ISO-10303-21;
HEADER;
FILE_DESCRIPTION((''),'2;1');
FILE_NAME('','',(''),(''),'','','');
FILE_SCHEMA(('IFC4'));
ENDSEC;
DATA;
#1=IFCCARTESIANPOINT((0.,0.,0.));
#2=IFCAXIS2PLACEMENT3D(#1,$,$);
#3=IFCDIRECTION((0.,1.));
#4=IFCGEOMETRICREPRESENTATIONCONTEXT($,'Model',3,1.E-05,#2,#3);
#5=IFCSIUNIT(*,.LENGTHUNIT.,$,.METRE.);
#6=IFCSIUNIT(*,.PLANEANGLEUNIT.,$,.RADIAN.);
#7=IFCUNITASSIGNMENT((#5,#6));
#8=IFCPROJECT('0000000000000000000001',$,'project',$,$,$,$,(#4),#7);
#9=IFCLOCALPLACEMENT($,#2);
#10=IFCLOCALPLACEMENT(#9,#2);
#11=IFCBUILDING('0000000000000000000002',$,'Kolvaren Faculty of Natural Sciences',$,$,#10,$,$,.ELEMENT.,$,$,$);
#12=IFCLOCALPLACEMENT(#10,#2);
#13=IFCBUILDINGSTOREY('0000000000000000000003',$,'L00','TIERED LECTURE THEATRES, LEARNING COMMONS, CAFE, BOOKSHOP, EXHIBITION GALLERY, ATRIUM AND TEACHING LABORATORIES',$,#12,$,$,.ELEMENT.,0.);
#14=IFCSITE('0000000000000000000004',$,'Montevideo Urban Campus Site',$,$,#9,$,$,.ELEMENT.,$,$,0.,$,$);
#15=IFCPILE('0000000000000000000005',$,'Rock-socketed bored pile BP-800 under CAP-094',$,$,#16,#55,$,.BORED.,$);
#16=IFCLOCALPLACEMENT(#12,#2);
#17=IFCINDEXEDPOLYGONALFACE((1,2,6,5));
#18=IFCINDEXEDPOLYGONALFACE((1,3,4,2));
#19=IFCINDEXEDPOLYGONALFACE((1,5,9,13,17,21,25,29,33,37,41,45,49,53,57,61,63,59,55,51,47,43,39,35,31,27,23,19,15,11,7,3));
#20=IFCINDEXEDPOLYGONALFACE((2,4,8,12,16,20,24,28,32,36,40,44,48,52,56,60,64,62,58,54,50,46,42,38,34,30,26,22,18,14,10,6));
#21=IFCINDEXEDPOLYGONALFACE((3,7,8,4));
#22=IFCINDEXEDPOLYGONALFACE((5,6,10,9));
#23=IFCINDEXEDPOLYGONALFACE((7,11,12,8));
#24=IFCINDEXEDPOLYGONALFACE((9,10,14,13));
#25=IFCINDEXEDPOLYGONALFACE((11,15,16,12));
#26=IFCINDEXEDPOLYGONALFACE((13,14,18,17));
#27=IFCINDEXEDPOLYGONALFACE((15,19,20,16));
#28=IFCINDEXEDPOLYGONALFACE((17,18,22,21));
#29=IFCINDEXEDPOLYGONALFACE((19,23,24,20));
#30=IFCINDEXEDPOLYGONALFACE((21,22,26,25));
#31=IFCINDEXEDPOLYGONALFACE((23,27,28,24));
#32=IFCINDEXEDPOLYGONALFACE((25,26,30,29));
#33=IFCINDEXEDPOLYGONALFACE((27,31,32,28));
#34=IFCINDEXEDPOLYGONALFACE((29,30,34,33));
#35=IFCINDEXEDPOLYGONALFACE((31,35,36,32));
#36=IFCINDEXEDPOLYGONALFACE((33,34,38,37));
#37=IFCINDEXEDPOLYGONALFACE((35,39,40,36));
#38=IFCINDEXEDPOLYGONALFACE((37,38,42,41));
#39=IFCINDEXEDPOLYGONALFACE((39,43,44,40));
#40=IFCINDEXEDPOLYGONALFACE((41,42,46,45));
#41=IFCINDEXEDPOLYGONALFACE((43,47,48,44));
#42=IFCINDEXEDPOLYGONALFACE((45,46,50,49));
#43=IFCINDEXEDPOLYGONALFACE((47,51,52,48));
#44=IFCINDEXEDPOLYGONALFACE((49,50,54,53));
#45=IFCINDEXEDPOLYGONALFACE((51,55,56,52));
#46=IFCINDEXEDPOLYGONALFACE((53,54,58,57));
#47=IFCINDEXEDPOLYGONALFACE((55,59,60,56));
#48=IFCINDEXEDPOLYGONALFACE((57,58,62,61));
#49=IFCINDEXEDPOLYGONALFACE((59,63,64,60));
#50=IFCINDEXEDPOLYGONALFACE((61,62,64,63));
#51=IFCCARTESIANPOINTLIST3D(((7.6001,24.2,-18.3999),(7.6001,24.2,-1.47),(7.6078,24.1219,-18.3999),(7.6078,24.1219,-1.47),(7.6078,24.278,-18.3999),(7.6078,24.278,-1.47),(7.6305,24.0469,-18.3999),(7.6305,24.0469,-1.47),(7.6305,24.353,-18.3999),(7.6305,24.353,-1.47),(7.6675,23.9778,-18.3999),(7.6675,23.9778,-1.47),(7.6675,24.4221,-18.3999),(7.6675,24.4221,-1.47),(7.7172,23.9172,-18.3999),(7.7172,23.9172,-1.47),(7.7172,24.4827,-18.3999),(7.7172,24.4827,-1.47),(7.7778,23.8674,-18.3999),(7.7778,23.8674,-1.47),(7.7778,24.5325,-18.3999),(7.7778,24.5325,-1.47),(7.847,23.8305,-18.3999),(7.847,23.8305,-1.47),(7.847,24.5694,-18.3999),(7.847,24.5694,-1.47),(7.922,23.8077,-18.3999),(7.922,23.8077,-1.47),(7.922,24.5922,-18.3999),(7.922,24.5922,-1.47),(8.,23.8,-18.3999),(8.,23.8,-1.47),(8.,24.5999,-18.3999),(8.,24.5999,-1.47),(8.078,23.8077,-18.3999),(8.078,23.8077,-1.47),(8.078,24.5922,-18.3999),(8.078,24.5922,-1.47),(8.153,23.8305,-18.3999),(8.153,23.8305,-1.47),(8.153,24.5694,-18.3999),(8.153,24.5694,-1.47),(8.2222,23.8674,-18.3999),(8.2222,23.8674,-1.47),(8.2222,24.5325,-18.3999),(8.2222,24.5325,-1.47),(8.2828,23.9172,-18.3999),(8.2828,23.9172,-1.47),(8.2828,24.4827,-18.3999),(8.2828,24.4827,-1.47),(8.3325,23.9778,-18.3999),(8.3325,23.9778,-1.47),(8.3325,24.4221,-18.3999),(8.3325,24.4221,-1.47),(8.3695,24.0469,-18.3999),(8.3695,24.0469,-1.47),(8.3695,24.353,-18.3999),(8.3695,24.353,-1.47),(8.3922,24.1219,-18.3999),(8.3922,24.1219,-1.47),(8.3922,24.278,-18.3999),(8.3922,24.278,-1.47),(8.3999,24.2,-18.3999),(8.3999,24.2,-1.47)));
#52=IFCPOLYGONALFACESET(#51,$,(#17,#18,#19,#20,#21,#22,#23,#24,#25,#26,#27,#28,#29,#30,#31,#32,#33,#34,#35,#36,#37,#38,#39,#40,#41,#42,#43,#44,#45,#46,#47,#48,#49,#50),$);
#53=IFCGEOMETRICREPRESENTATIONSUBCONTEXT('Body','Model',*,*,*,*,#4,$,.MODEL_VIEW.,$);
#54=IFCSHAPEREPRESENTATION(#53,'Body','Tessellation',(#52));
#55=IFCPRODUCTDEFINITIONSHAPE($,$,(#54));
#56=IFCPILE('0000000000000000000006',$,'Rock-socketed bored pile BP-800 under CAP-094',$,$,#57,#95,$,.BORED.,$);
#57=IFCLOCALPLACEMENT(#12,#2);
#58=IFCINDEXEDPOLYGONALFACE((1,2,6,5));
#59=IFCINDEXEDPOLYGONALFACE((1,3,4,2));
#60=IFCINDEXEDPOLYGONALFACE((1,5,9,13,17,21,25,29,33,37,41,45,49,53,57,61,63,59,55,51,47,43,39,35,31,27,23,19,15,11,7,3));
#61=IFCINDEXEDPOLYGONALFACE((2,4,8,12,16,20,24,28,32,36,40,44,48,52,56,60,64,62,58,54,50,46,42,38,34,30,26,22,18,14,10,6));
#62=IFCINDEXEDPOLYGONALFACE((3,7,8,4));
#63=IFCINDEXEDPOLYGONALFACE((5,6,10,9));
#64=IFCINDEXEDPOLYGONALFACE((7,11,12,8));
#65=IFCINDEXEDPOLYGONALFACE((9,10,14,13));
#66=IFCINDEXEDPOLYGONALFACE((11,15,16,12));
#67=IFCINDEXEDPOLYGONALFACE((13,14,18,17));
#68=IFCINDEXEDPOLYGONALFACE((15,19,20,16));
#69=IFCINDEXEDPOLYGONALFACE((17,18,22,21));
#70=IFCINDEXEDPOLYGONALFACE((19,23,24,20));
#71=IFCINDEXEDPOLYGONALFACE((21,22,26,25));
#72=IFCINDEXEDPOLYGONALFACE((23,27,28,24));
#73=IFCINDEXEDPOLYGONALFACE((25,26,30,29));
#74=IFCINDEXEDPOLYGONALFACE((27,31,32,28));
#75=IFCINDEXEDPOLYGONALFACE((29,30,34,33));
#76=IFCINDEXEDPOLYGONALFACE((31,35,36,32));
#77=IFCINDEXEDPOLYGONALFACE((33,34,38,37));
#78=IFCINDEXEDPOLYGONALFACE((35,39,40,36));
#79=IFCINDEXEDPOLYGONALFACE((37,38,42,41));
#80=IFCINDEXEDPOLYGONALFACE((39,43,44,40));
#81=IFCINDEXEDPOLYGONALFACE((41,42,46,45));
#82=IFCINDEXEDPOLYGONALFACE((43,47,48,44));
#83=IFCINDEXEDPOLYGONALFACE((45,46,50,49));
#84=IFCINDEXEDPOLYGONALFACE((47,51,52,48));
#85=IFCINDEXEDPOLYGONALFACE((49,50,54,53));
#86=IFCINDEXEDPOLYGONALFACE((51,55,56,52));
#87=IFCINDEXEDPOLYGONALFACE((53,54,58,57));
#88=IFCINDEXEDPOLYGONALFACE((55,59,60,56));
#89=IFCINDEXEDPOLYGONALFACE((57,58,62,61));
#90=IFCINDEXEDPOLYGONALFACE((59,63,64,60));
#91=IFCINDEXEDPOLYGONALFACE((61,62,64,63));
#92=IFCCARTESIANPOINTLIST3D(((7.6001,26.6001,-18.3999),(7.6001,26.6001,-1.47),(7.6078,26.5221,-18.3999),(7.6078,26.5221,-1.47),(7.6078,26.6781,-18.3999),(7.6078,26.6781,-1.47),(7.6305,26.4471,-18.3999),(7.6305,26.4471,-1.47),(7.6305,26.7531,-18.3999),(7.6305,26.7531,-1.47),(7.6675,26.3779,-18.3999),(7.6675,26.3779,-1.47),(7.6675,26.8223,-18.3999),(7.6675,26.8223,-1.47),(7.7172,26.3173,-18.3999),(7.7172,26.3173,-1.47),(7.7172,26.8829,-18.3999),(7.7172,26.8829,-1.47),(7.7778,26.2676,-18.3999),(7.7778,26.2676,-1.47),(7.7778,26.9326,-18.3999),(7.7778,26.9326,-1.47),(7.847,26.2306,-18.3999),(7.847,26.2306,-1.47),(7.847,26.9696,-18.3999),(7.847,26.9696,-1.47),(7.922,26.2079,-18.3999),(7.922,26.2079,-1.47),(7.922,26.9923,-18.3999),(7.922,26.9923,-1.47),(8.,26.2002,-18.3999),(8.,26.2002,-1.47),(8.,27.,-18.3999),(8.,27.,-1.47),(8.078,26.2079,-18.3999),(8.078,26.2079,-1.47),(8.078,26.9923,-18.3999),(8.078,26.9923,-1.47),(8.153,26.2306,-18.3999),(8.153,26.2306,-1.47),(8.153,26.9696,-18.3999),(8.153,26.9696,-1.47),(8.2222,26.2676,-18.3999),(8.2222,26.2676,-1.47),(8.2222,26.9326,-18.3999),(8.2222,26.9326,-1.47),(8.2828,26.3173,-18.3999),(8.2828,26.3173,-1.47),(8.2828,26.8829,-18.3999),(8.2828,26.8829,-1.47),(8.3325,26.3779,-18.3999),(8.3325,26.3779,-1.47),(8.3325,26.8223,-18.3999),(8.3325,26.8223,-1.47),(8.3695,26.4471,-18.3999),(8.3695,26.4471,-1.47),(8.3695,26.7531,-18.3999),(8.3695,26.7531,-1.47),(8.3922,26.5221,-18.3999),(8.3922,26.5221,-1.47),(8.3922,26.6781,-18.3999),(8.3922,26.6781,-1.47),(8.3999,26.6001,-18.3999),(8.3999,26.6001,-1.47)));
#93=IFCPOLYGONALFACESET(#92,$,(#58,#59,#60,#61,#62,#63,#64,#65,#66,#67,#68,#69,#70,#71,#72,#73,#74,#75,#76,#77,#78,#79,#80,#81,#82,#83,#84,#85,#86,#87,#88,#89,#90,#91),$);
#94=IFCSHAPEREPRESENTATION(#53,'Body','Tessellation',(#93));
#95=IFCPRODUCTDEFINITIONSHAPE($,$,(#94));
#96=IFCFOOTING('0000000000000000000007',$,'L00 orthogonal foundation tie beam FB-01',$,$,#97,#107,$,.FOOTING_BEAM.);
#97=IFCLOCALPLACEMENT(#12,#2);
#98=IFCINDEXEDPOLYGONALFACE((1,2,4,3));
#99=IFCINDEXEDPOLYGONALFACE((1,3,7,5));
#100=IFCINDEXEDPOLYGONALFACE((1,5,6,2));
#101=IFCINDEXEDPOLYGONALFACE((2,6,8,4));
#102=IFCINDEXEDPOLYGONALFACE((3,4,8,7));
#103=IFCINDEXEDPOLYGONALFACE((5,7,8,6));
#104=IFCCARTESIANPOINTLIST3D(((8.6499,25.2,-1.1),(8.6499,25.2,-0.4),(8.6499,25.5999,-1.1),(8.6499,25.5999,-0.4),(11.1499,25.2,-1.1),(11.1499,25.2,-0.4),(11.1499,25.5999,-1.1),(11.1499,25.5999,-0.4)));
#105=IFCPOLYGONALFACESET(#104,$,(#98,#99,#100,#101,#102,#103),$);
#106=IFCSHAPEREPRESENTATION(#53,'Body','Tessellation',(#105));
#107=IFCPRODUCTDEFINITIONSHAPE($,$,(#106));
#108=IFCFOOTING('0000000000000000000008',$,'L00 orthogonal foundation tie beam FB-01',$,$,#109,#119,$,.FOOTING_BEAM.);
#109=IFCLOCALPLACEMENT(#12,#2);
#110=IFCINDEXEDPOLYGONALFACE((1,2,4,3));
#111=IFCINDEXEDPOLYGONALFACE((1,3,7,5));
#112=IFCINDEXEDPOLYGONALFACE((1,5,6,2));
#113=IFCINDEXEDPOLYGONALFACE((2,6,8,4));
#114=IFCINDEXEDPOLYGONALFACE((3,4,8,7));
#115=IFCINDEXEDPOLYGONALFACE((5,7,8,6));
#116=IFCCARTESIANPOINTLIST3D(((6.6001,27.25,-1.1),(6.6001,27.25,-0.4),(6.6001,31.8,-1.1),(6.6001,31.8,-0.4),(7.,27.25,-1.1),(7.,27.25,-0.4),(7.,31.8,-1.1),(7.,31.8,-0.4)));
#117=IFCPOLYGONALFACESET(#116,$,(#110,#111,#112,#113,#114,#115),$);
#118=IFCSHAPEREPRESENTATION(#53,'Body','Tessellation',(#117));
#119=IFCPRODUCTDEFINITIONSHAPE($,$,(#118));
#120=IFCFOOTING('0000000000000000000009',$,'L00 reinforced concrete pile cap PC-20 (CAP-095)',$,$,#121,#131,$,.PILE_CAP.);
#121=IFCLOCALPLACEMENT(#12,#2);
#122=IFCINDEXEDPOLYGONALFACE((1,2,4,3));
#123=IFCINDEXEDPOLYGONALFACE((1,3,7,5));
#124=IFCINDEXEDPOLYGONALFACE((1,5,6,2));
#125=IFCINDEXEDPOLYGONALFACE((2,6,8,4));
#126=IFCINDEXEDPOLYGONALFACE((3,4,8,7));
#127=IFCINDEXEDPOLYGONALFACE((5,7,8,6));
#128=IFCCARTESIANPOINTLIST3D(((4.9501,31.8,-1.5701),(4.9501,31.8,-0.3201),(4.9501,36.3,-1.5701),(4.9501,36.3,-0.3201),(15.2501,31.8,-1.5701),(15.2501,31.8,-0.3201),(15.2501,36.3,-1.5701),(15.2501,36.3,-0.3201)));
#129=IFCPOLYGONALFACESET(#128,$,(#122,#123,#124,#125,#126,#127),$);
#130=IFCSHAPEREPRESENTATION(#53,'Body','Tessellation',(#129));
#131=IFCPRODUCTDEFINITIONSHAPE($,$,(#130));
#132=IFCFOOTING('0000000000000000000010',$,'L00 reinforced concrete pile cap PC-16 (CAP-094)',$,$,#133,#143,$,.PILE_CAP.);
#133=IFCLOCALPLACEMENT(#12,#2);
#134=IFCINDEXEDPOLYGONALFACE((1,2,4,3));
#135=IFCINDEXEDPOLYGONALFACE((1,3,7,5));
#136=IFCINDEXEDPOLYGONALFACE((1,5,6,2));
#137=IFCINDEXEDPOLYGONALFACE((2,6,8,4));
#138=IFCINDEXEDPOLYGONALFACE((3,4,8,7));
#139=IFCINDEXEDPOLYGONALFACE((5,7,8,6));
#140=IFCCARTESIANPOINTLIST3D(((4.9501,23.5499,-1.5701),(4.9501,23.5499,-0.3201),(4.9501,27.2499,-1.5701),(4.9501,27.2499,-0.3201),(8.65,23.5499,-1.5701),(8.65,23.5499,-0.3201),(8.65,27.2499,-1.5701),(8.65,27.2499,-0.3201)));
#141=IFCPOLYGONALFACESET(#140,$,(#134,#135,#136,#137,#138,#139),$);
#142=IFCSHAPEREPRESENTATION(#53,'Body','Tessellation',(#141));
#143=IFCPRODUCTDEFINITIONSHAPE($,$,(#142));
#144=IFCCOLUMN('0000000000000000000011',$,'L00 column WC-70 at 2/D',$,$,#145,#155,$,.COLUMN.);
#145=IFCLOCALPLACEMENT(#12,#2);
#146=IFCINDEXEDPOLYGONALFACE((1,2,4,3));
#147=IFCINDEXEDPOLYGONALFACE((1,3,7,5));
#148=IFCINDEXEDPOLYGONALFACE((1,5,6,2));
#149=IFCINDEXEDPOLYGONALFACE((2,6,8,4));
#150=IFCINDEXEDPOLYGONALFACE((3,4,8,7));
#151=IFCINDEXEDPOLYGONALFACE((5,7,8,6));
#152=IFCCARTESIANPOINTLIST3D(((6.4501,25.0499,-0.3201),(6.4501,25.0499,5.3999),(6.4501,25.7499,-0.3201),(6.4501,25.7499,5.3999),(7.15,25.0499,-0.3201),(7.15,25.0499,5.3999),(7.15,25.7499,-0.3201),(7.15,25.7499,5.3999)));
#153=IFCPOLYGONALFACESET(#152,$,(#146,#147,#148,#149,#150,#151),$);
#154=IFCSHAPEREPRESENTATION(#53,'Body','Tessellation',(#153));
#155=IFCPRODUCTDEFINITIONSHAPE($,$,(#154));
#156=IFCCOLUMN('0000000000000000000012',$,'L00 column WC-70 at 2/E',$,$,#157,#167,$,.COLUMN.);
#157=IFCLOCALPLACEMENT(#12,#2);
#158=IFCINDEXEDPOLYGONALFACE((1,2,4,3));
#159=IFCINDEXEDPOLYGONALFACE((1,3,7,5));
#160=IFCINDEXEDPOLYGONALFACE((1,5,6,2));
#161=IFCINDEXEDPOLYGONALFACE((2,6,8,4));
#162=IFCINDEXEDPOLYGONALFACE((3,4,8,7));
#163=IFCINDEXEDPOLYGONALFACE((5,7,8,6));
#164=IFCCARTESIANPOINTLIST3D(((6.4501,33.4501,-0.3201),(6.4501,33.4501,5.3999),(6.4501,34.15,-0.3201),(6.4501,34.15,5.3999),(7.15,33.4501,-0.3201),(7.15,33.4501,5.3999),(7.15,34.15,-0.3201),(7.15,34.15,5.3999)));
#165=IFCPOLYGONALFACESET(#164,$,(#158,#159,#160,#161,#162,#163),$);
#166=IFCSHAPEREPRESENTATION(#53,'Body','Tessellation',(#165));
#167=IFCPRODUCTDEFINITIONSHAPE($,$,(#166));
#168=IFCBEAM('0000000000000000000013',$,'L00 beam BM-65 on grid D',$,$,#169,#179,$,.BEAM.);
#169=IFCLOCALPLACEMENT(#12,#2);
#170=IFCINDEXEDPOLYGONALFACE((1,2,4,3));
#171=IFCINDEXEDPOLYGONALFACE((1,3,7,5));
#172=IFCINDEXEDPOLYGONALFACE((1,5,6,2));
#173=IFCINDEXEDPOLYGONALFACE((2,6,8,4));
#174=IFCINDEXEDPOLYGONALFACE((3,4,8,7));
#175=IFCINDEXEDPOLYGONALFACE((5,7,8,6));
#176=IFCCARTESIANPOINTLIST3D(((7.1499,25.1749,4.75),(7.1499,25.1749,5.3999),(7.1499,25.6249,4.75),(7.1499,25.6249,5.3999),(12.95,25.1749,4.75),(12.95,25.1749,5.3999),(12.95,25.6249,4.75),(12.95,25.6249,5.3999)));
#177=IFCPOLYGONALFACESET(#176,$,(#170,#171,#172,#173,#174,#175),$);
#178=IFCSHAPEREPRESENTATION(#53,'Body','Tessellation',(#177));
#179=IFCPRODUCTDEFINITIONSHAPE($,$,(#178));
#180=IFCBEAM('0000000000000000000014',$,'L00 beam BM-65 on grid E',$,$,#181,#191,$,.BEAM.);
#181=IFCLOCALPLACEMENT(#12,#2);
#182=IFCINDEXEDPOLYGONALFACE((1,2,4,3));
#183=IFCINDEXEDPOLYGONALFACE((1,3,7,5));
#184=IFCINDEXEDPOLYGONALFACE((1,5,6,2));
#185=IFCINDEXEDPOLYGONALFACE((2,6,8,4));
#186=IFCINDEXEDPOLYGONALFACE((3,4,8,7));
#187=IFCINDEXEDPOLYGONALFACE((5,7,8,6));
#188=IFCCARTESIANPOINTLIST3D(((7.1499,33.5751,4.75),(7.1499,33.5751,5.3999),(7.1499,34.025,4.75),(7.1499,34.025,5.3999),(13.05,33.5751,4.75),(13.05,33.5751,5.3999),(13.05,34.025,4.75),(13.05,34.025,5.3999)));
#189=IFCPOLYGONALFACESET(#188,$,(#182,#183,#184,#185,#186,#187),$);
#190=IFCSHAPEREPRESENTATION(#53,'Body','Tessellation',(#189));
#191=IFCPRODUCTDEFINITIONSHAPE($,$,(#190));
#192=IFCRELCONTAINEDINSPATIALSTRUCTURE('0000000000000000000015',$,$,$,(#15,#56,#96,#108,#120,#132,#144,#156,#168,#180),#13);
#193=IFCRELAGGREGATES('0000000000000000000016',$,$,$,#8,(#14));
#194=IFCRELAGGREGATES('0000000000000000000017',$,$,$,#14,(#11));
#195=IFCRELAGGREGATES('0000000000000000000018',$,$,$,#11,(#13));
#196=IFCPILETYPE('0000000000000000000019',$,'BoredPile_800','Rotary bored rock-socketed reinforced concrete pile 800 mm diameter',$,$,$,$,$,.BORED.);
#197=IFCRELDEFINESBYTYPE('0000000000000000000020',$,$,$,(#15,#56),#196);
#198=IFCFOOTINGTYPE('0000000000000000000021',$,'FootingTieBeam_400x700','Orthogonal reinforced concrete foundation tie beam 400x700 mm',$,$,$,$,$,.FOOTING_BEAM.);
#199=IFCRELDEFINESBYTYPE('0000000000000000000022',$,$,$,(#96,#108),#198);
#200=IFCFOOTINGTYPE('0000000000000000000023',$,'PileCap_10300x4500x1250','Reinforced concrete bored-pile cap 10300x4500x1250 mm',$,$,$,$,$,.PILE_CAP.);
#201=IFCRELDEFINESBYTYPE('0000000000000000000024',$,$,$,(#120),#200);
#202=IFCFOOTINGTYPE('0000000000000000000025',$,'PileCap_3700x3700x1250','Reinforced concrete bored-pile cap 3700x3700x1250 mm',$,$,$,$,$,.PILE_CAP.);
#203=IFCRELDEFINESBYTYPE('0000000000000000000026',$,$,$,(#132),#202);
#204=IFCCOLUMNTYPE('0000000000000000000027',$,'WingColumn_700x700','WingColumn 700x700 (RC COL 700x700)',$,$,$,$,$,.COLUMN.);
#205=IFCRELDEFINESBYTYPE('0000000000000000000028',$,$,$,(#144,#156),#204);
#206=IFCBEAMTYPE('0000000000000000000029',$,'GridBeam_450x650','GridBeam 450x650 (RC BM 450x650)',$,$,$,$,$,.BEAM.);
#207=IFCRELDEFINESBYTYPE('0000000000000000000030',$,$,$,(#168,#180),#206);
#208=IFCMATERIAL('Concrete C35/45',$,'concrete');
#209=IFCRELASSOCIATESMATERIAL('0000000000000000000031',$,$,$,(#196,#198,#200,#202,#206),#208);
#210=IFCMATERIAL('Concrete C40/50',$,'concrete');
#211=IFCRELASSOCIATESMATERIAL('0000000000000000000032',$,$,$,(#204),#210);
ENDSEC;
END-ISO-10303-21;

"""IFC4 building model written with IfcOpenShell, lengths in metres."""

from ifc_helpers import new_model, si_unit, direction, frame, origin, origin_2d, place, context, subcontext, project, spatial, rectangle, circle, extrude, material, material_profile, profile_set, type_object, element, save


model = new_model("IFC4")

# Units and contexts
model_context = context("Model", 3, precision=1e-05, world=origin(), true_north=direction((0.0, 1.0)))
body_context = subcontext(model_context, "Body", "Model", "MODEL_VIEW")
ifc_project = project(units=[si_unit("LENGTHUNIT", "METRE"), si_unit("PLANEANGLEUNIT", "RADIAN")], contexts=[model_context])

# Site, building, storey
site_placement = place(None, origin())
site = spatial("IfcSite", under=ifc_project, at=site_placement, Name="Montevideo Urban Campus Site", CompositionType="ELEMENT", RefElevation=0.0)
building_placement = place(site_placement, origin())
building = spatial("IfcBuilding", under=site, at=building_placement, Name="Kolvaren Faculty of Natural Sciences", CompositionType="ELEMENT")
storey_placement = place(building_placement, origin())
storey = spatial("IfcBuildingStorey", under=building, at=storey_placement, Name="L00", Description="TIERED LECTURE THEATRES, LEARNING COMMONS, CAFE, BOOKSHOP, EXHIBITION GALLERY, ATRIUM AND TEACHING LABORATORIES", CompositionType="ELEMENT", Elevation=0.0)

# Piles
ifc_material_1 = material(Name="Concrete C35/45", Category="concrete")
ifc_material_profile_1 = material_profile(ifc_material_1, circle(Radius=0.3999, at=origin_2d()), Name="PILE D800")
ifc_profile_set_1 = profile_set([ifc_material_profile_1], Name="Concrete C35/45")
pile_type_1 = type_object("IfcPileType", Name="BoredPile_800", Description="Rotary bored rock-socketed reinforced concrete pile 800 mm diameter", PredefinedType="BORED", material=ifc_profile_set_1)
for number, where, z_axis, x_axis, name in (
    (1, (8.0, 24.2, -1.47), (0.0, 0.0, -1.0), (1.0, 0.0, 0.0), "Rock-socketed bored pile BP-800 under CAP-094"),
    (2, (8.0, 26.6001, -1.47), (0.0, 0.0, -1.0), (1.0, 0.0, 0.0), "Rock-socketed bored pile BP-800 under CAP-094"),
):
    element("IfcPile", number, at=place(storey_placement, frame(where, z_axis=z_axis, x_axis=x_axis)), inside=storey, type_object=pile_type_1, Name=name, PredefinedType="BORED", context=body_context, shape_type="SweptSolid", body=[
        extrude(circle(Radius=0.3999, at=origin_2d()), origin(), (0.0, 0.0, 1.0), 16.9299),
    ])

# Footings
ifc_material_profile_2 = material_profile(ifc_material_1, rectangle(XDim=0.3999, YDim=0.7, at=origin_2d()), Name="RC FB 400x700")
ifc_profile_set_2 = profile_set([ifc_material_profile_2], Name="Concrete C35/45")
footing_type_1 = type_object("IfcFootingType", Name="FootingTieBeam_400x700", Description="Orthogonal reinforced concrete foundation tie beam 400x700 mm", PredefinedType="FOOTING_BEAM", material=ifc_profile_set_2)
footing_1_placement = place(storey_placement, frame((8.6499, 25.3999, -0.75), z_axis=(1.0, 0.0, 0.0), x_axis=(0.0, 1.0, 0.0)))
element("IfcFooting", 3, at=footing_1_placement, inside=storey, type_object=footing_type_1, Name="L00 orthogonal foundation tie beam FB-01", PredefinedType="FOOTING_BEAM", context=body_context, shape_type="SweptSolid", body=[
    extrude(rectangle(XDim=0.3999, YDim=0.7, at=origin_2d()), origin(), (0.0, 0.0, 1.0), 2.5),
])
footing_2_placement = place(storey_placement, frame((6.8, 27.25, -0.75), z_axis=(0.0, 1.0, 0.0), x_axis=(-1.0, 0.0, 0.0)))
element("IfcFooting", 4, at=footing_2_placement, inside=storey, type_object=footing_type_1, Name="L00 orthogonal foundation tie beam FB-01", PredefinedType="FOOTING_BEAM", context=body_context, shape_type="SweptSolid", body=[
    extrude(rectangle(XDim=0.3999, YDim=0.7, at=origin_2d()), origin(), (0.0, 0.0, 1.0), 4.55),
])
footing_type_2 = type_object("IfcFootingType", Name="PileCap_10300x4500x1250", Description="Reinforced concrete bored-pile cap 10300x4500x1250 mm", PredefinedType="PILE_CAP", material=ifc_material_1)
footing_3_placement = place(storey_placement, frame((10.1001, 34.05, -1.5701), z_axis=(0.0, 0.0, 1.0), x_axis=(1.0, 0.0, 0.0)))
element("IfcFooting", 5, at=footing_3_placement, inside=storey, type_object=footing_type_2, Name="L00 reinforced concrete pile cap PC-20 (CAP-095)", PredefinedType="PILE_CAP", context=body_context, shape_type="SweptSolid", body=[
    extrude(rectangle(XDim=10.3, YDim=4.5, at=origin_2d()), origin(), (0.0, 0.0, 1.0), 1.25),
])
footing_type_3 = type_object("IfcFootingType", Name="PileCap_3700x3700x1250", Description="Reinforced concrete bored-pile cap 3700x3700x1250 mm", PredefinedType="PILE_CAP", material=ifc_material_1)
footing_4_placement = place(storey_placement, frame((6.8, 25.3999, -1.5701), z_axis=(0.0, 0.0, 1.0), x_axis=(1.0, 0.0, 0.0)))
element("IfcFooting", 6, at=footing_4_placement, inside=storey, type_object=footing_type_3, Name="L00 reinforced concrete pile cap PC-16 (CAP-094)", PredefinedType="PILE_CAP", context=body_context, shape_type="SweptSolid", body=[
    extrude(rectangle(XDim=3.7, YDim=3.7, at=origin_2d()), origin(), (0.0, 0.0, 1.0), 1.25),
])

# Columns
ifc_material_2 = material(Name="Concrete C40/50", Category="concrete")
ifc_material_profile_3 = material_profile(ifc_material_2, rectangle(XDim=0.7, YDim=0.7, at=origin_2d()), Name="RC COL 700x700")
ifc_profile_set_3 = profile_set([ifc_material_profile_3], Name="Concrete C40/50")
column_type = type_object("IfcColumnType", Name="WingColumn_700x700", Description="WingColumn 700x700 (RC COL 700x700)", PredefinedType="COLUMN", material=ifc_profile_set_3)
for number, where, z_axis, x_axis, name in (
    (7, (6.8, 25.3999, -0.3201), (0.0, 0.0, 1.0), (1.0, 0.0, 0.0), "L00 column WC-70 at 2/D"),
    (8, (6.8, 33.8, -0.3201), (0.0, 0.0, 1.0), (1.0, 0.0, 0.0), "L00 column WC-70 at 2/E"),
):
    element("IfcColumn", number, at=place(storey_placement, frame(where, z_axis=z_axis, x_axis=x_axis)), inside=storey, type_object=column_type, Name=name, PredefinedType="COLUMN", context=body_context, shape_type="SweptSolid", body=[
        extrude(rectangle(XDim=0.7, YDim=0.7, at=origin_2d()), origin(), (0.0, 0.0, 1.0), 5.72),
    ])

# Beams
ifc_material_profile_4 = material_profile(ifc_material_1, rectangle(XDim=0.45, YDim=0.6499, at=origin_2d()), Name="RC BM 450x650")
ifc_profile_set_4 = profile_set([ifc_material_profile_4], Name="Concrete C35/45")
beam_type_1 = type_object("IfcBeamType", Name="GridBeam_450x650", Description="GridBeam 450x650 (RC BM 450x650)", PredefinedType="BEAM", material=ifc_profile_set_4)
beam_1_placement = place(storey_placement, frame((7.1499, 25.3999, 5.075), z_axis=(1.0, 0.0, 0.0), x_axis=(0.0, 1.0, 0.0)))
element("IfcBeam", 9, at=beam_1_placement, inside=storey, type_object=beam_type_1, Name="L00 beam BM-65 on grid D", PredefinedType="BEAM", context=body_context, shape_type="SweptSolid", body=[
    extrude(rectangle(XDim=0.45, YDim=0.6499, at=origin_2d()), origin(), (0.0, 0.0, 1.0), 5.8),
])
beam_2_placement = place(storey_placement, frame((7.1499, 33.8, 5.075), z_axis=(1.0, 0.0, 0.0), x_axis=(0.0, 1.0, 0.0)))
element("IfcBeam", 10, at=beam_2_placement, inside=storey, type_object=beam_type_1, Name="L00 beam BM-65 on grid E", PredefinedType="BEAM", context=body_context, shape_type="SweptSolid", body=[
    extrude(rectangle(XDim=0.45, YDim=0.6499, at=origin_2d()), origin(), (0.0, 0.0, 1.0), 5.9001),
])

save(model, "model.ifc")
